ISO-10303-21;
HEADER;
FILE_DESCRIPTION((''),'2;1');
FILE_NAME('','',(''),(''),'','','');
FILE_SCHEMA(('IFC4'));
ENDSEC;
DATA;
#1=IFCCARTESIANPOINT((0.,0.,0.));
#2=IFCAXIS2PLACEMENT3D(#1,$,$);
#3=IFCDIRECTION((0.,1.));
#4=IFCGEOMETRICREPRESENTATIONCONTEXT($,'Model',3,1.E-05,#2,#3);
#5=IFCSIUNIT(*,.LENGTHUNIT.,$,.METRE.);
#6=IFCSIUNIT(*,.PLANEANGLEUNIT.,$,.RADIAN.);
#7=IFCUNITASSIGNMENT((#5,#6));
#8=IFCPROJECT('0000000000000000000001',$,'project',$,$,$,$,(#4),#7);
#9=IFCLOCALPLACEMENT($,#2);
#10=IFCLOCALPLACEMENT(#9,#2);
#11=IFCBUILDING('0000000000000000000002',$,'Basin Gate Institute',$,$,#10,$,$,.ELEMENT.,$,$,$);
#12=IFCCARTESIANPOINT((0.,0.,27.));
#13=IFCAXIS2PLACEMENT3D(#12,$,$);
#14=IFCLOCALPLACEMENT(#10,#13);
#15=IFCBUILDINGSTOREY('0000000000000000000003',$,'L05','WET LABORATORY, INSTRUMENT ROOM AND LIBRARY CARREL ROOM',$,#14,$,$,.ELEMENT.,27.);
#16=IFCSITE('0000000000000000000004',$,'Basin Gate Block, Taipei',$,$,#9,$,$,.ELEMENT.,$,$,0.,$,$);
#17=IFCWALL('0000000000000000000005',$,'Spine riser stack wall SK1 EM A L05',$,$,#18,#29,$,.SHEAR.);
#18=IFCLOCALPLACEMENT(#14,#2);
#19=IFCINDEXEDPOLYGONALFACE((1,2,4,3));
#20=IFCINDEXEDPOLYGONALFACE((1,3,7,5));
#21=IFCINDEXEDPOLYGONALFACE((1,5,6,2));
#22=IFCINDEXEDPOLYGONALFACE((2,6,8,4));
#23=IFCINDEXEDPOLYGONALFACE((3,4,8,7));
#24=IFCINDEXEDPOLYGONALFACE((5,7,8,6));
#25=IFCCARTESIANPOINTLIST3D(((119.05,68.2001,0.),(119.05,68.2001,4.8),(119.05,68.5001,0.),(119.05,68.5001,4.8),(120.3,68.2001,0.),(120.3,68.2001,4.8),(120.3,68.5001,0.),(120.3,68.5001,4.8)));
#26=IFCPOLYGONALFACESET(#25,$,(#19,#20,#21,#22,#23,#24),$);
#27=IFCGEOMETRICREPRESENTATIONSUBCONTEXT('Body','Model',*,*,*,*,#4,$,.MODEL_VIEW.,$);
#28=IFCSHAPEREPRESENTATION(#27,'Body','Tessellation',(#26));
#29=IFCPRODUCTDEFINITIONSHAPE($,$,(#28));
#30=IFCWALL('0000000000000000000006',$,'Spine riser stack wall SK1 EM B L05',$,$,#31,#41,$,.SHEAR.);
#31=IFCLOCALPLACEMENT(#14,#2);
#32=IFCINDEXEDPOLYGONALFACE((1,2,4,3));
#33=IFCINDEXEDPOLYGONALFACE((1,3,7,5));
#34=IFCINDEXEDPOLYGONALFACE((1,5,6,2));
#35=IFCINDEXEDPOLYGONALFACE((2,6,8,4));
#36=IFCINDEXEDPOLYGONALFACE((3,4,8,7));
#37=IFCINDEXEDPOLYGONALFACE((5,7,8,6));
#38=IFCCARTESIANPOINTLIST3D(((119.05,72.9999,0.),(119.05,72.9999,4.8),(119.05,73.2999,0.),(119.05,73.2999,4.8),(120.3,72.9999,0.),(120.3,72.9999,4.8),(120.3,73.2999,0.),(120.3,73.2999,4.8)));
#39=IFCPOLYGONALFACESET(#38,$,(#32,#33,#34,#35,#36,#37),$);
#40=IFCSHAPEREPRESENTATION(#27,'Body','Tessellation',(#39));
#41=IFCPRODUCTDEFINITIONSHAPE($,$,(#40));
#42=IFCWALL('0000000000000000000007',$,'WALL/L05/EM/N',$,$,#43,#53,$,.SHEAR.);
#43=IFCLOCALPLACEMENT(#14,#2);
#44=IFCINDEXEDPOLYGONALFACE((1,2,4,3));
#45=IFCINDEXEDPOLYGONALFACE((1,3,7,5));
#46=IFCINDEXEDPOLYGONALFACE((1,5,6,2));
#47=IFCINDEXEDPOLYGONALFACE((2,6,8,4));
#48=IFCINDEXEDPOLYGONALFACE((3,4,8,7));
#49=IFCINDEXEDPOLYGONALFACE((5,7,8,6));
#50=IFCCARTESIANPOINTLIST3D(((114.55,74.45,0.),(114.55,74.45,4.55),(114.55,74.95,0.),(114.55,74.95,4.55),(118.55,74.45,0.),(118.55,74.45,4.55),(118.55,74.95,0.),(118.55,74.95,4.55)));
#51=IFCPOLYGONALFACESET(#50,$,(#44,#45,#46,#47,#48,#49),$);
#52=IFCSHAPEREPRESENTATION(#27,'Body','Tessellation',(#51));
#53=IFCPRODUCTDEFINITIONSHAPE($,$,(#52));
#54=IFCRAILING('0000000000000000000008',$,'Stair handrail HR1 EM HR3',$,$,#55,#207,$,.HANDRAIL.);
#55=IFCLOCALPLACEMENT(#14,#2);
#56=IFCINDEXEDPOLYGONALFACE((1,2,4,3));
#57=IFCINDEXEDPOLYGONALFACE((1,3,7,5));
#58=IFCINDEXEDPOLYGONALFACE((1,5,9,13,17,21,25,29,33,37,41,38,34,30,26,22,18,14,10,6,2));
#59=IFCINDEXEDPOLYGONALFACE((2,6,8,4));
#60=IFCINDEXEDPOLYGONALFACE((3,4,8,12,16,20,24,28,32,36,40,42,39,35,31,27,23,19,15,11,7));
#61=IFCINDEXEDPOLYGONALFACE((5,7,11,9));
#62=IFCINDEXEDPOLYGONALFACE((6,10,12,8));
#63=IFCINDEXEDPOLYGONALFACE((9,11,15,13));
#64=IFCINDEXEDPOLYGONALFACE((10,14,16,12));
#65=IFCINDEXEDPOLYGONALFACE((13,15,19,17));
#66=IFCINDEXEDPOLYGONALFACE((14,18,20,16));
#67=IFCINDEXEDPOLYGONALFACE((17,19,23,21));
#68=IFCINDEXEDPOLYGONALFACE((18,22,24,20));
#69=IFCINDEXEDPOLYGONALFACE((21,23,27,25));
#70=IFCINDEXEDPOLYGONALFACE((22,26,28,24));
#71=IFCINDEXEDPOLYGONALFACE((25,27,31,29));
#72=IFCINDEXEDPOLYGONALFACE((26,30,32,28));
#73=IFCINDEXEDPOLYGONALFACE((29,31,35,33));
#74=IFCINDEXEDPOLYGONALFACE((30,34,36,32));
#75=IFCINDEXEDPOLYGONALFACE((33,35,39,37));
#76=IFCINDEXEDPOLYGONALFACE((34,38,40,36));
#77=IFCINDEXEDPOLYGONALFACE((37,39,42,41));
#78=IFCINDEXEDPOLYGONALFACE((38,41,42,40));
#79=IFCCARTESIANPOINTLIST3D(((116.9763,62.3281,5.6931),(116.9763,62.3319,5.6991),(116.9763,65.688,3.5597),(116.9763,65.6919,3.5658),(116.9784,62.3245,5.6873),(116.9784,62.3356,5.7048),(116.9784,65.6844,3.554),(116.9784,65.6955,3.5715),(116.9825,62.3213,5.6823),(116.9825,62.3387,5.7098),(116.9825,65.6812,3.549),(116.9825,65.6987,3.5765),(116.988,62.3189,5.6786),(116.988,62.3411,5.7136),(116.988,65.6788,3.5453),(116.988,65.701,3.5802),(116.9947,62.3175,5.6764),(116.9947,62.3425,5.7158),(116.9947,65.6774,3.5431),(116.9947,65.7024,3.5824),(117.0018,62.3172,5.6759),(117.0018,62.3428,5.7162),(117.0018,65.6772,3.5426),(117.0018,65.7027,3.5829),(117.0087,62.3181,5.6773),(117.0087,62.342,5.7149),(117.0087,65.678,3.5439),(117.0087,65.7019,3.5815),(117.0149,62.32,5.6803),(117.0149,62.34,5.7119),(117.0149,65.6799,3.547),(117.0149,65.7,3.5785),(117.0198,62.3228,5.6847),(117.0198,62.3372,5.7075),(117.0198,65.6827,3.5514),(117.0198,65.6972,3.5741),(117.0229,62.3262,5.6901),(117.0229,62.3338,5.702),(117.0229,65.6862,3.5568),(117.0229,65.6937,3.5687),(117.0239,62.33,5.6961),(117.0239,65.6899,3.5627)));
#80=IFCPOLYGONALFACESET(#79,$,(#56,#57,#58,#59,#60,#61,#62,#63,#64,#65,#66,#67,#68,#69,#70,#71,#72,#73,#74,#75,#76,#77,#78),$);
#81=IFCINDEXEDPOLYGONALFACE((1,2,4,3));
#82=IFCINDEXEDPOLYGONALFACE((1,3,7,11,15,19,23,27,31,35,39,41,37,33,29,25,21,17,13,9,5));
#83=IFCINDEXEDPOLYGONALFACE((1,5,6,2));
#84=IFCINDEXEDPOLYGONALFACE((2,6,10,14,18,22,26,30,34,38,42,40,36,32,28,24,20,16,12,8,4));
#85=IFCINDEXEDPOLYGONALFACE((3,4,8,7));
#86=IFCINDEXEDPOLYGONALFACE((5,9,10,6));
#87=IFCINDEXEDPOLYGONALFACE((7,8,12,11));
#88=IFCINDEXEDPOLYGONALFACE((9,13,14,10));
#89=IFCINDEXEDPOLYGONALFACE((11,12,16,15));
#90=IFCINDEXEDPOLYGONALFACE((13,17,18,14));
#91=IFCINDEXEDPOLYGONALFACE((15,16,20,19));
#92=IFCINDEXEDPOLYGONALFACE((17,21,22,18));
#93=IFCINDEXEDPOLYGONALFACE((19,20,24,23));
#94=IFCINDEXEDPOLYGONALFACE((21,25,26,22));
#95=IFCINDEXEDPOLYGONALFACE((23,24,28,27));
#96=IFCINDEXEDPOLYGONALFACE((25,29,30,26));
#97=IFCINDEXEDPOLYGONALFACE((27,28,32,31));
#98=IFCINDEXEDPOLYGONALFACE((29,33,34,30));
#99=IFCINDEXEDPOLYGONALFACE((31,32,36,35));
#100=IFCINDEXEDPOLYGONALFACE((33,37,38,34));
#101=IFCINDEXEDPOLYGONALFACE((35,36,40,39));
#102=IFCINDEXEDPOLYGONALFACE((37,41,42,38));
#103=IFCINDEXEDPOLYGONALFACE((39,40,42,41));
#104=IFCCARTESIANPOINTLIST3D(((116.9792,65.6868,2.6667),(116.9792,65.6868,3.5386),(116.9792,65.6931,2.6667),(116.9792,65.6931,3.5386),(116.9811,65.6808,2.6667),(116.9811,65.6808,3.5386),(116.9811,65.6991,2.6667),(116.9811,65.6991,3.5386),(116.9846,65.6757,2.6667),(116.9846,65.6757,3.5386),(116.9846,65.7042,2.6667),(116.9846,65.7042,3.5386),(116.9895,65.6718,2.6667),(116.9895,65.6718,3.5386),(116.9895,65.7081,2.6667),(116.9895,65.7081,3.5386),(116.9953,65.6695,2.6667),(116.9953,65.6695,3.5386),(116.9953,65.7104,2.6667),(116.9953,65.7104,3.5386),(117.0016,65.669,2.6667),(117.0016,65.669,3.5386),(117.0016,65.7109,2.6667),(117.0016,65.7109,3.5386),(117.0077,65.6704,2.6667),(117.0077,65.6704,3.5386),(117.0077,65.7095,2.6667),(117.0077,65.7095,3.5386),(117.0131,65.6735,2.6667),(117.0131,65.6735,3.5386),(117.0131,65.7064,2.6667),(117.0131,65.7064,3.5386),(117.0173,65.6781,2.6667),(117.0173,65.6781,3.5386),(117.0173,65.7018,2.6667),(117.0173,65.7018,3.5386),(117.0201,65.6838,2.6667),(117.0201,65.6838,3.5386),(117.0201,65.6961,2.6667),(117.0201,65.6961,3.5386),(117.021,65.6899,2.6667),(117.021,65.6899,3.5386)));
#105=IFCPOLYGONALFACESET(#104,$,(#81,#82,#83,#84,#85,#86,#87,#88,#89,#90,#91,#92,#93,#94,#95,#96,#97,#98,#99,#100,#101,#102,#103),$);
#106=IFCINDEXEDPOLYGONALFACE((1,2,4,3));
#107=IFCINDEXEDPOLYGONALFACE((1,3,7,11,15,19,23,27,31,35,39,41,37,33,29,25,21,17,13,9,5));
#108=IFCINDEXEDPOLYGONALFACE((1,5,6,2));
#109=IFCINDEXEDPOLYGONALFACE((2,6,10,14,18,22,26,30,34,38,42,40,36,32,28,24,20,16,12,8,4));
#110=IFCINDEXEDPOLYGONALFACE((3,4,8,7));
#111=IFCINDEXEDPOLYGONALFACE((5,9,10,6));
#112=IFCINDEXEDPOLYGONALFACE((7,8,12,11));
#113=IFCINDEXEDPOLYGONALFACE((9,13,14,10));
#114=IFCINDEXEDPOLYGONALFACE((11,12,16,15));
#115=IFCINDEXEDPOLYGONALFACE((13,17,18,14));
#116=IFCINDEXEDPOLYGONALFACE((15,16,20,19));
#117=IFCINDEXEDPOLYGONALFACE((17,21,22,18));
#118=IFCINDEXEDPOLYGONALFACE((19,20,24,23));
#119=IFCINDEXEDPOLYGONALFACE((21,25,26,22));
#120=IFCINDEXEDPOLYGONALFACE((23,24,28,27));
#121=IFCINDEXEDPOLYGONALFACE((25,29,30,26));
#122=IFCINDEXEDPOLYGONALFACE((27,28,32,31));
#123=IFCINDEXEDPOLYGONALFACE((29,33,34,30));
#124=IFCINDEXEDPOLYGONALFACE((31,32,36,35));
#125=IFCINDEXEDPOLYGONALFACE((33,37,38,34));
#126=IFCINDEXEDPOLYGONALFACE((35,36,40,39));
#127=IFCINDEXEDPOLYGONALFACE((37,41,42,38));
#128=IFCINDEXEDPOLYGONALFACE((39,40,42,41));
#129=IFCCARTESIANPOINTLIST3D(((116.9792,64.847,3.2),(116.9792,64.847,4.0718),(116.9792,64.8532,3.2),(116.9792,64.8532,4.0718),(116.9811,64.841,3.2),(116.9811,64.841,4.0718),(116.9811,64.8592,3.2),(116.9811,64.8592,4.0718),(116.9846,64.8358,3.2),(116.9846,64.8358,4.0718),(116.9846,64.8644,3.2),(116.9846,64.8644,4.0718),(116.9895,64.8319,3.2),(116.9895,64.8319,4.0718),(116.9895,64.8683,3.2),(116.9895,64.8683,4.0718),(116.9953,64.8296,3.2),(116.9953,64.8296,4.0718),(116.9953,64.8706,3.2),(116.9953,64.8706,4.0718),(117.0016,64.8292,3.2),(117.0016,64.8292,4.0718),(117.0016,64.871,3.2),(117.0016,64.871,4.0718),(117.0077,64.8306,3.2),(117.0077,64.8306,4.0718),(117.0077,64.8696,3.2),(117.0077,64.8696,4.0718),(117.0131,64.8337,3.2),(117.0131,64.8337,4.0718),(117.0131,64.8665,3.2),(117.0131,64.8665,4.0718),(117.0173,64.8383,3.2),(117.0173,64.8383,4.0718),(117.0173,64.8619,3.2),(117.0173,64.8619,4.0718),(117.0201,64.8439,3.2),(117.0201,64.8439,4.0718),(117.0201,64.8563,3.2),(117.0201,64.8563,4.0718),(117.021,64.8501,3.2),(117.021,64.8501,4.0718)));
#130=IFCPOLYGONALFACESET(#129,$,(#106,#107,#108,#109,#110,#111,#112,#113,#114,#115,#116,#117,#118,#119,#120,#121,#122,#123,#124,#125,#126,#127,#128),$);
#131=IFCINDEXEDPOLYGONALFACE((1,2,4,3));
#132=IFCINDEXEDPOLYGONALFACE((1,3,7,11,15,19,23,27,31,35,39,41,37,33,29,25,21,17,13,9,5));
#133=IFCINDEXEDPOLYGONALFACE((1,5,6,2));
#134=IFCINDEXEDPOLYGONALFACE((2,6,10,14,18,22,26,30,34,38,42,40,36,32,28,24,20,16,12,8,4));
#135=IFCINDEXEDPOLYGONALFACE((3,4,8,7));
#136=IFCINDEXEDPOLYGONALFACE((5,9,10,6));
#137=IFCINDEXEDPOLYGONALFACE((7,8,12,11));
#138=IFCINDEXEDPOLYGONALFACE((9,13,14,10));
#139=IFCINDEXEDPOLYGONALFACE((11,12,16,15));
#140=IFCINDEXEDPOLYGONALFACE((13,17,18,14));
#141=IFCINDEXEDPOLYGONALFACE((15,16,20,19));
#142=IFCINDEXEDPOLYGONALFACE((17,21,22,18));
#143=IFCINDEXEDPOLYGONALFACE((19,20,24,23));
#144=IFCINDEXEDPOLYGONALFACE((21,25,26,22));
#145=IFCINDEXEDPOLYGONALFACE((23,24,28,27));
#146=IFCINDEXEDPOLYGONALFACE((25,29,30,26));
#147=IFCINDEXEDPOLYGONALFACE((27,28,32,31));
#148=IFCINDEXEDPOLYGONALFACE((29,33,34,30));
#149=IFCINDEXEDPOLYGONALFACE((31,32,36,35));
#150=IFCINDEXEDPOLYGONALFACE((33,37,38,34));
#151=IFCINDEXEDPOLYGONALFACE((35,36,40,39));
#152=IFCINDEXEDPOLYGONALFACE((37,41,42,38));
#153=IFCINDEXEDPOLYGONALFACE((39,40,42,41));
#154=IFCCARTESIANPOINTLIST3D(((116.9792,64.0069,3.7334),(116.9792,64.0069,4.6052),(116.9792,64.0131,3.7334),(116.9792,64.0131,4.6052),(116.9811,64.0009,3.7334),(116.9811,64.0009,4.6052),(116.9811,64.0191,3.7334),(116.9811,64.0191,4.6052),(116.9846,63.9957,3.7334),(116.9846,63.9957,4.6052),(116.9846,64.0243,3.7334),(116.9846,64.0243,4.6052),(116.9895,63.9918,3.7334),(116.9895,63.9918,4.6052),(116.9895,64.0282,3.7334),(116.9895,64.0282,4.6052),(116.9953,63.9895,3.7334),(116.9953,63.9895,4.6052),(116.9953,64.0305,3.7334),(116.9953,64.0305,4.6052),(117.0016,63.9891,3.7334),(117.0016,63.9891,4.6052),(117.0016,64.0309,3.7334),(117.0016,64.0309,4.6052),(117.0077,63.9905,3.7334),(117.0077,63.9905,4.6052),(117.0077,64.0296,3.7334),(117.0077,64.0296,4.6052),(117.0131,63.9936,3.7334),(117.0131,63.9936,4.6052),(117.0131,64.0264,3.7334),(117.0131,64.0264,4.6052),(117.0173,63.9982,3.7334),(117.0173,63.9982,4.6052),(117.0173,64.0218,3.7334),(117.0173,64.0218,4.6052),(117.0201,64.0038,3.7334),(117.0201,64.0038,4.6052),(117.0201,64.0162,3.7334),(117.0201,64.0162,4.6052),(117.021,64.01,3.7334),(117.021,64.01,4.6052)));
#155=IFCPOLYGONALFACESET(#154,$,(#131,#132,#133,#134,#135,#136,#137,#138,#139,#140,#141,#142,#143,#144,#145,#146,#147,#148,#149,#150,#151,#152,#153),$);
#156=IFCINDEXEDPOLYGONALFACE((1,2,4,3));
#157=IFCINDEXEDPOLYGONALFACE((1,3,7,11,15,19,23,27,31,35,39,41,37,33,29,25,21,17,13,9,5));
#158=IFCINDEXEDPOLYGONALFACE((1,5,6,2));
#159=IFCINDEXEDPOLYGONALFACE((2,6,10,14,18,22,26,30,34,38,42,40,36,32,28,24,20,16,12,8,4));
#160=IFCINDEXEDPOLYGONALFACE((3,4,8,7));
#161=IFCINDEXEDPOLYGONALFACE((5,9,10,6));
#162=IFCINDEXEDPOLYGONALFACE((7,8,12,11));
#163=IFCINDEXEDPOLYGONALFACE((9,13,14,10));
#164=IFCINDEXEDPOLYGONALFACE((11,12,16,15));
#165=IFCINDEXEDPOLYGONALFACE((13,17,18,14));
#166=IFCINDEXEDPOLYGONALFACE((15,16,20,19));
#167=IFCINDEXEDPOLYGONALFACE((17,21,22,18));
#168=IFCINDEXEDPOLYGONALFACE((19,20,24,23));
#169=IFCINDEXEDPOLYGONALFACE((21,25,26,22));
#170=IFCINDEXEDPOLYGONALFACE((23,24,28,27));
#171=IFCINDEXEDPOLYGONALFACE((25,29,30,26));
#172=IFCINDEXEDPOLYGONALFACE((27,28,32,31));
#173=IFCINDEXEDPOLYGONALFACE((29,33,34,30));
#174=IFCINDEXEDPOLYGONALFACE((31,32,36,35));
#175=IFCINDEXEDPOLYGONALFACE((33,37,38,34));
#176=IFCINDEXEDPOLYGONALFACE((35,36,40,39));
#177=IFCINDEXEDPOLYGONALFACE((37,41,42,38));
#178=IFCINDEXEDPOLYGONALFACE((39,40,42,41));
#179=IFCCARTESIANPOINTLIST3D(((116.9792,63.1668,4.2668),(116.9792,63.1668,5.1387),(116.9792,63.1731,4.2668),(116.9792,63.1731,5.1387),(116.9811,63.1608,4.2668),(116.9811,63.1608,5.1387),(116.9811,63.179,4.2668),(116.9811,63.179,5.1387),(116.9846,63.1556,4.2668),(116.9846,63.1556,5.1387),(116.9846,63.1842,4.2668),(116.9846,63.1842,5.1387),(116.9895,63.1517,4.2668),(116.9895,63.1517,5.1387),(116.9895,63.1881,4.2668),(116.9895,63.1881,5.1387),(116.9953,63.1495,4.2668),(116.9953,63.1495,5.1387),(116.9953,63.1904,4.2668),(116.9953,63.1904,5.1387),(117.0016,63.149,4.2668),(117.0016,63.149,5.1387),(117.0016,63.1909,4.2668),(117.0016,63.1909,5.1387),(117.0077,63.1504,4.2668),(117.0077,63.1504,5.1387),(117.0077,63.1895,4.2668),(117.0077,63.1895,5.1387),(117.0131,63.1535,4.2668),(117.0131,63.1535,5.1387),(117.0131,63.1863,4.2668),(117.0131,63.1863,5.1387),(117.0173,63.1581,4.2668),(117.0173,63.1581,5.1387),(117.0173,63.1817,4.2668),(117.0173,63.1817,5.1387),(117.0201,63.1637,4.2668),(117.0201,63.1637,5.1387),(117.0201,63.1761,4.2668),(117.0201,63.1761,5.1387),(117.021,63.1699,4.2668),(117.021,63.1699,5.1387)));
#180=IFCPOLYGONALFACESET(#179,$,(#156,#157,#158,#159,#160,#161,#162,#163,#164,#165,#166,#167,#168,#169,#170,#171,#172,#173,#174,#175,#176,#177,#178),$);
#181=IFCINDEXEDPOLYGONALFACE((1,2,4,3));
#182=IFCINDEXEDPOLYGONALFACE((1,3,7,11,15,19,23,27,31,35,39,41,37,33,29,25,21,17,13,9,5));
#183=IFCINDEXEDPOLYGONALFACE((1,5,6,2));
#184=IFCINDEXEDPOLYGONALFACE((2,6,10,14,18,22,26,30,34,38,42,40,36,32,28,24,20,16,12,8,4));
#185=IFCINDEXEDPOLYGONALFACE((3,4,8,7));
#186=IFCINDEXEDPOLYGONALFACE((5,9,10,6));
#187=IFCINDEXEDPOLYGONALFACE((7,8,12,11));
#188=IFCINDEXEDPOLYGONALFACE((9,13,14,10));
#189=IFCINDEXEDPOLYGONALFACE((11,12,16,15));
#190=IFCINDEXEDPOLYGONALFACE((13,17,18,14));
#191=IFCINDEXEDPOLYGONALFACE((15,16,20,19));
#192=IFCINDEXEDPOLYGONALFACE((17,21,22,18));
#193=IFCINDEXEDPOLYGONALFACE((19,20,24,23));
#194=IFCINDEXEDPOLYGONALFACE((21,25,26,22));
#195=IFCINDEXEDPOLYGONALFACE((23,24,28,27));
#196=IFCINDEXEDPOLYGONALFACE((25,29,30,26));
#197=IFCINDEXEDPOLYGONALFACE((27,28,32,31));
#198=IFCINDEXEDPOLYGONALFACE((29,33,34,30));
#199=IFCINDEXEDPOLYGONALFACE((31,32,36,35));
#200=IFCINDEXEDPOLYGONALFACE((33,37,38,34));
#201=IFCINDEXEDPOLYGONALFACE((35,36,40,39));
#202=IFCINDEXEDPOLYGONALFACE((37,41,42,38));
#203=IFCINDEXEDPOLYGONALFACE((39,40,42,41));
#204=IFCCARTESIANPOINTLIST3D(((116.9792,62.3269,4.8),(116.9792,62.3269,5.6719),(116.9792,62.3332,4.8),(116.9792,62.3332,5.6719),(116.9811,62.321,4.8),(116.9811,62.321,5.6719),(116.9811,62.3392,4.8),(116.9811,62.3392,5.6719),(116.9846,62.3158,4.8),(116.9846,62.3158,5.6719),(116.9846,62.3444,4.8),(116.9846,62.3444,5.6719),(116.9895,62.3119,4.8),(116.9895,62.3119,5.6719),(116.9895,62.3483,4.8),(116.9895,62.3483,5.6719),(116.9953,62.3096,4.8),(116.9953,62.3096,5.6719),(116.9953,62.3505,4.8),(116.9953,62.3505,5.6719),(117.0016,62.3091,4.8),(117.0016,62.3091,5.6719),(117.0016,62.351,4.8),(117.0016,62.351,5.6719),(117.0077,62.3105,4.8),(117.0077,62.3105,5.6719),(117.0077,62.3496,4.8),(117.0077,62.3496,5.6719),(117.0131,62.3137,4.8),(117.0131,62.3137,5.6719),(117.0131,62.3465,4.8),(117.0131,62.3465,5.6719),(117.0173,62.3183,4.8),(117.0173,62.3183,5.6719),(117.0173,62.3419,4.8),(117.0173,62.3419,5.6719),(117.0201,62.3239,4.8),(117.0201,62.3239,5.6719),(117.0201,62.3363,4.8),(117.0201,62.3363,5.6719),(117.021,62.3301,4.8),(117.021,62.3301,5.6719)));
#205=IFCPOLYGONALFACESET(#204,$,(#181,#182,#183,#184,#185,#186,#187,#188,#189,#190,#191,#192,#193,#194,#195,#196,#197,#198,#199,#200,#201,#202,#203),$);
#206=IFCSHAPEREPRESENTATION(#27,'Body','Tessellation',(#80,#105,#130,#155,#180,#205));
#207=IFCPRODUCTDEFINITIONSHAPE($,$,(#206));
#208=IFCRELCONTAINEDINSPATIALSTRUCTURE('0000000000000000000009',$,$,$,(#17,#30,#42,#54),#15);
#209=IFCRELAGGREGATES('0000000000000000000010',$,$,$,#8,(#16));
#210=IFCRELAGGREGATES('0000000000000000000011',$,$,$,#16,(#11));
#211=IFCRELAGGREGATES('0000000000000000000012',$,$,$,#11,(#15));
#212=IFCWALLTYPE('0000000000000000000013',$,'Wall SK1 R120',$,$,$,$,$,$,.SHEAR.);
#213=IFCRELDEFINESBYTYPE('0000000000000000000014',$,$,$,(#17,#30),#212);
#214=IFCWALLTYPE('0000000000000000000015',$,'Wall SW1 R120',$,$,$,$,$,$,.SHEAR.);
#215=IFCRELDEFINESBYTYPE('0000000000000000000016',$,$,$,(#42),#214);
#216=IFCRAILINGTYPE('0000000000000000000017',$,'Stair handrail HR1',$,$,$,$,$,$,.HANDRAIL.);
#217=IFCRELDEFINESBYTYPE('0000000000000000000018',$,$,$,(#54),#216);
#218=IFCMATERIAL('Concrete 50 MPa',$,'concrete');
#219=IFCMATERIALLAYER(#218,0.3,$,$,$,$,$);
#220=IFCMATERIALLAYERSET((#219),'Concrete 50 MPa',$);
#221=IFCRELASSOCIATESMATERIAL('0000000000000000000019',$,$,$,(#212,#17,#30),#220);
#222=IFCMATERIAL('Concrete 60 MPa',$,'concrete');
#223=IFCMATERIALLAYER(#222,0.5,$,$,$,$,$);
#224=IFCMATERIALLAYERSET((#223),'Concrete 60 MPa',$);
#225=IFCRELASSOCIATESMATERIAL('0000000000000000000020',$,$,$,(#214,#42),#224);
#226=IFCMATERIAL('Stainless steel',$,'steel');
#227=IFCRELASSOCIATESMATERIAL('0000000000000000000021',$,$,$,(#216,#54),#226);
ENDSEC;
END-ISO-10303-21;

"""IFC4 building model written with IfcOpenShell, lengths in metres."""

from ifc_helpers import new_model, si_unit, direction, frame, frame_2d, origin, origin_2d, place, context, subcontext, project, spatial, rectangle, circle, extrude, material, layer, layer_set, type_object, element, save


model = new_model("IFC4")

# Units and contexts
model_context = context("Model", 3, precision=1e-05, world=origin(), true_north=direction((0.0, 1.0)))
body_context = subcontext(model_context, "Body", "Model", "MODEL_VIEW")
ifc_project = project(units=[si_unit("LENGTHUNIT", "METRE"), si_unit("PLANEANGLEUNIT", "RADIAN")], contexts=[model_context])

# Site, building, storey
site_placement = place(None, origin())
site = spatial("IfcSite", under=ifc_project, at=site_placement, Name="Basin Gate Block, Taipei", CompositionType="ELEMENT", RefElevation=0.0)
building_placement = place(site_placement, origin())
building = spatial("IfcBuilding", under=site, at=building_placement, Name="Basin Gate Institute", CompositionType="ELEMENT")
storey_placement = place(building_placement, frame((0.0, 0.0, 27.0)))
storey = spatial("IfcBuildingStorey", under=building, at=storey_placement, Name="L05", Description="WET LABORATORY, INSTRUMENT ROOM AND LIBRARY CARREL ROOM", CompositionType="ELEMENT", Elevation=27.0)

# Shared definitions
ifc_material_1 = material(Name="Concrete 50 MPa", Category="concrete")
ifc_layer_1 = layer(ifc_material_1, 0.3)
ifc_layer_set_1 = layer_set([ifc_layer_1], Name="Concrete 50 MPa")
wall_type_1 = type_object("IfcWallType", Name="Wall SK1 R120", PredefinedType="SHEAR", material=ifc_layer_set_1)

# Walls
for number, where, z_axis, x_axis, name in (
    (1, (119.05, 68.3501, 0.0), (0.0, 0.0, 1.0), (1.0, 0.0, 0.0), "Spine riser stack wall SK1 EM A L05"),
    (2, (119.05, 73.1499, 0.0), (0.0, 0.0, 1.0), (1.0, 0.0, 0.0), "Spine riser stack wall SK1 EM B L05"),
):
    element("IfcWall", number, at=place(storey_placement, frame(where, z_axis=z_axis, x_axis=x_axis)), inside=storey, type_object=wall_type_1, material=ifc_layer_set_1, Name=name, PredefinedType="SHEAR", context=body_context, shape_type="SweptSolid", body=[
        extrude(rectangle(XDim=1.25, YDim=0.3, at=frame_2d((0.625, 0.0))), origin(), (0.0, 0.0, 1.0), 4.8),
    ])
ifc_material_2 = material(Name="Concrete 60 MPa", Category="concrete")
ifc_layer_2 = layer(ifc_material_2, 0.5)
ifc_layer_set_2 = layer_set([ifc_layer_2], Name="Concrete 60 MPa")
wall_type_2 = type_object("IfcWallType", Name="Wall SW1 R120", PredefinedType="SHEAR", material=ifc_layer_set_2)
wall_1_placement = place(storey_placement, frame((118.55, 74.7, 0.0), z_axis=(0.0, 0.0, 1.0), x_axis=(-1.0, 0.0, 0.0)))
element("IfcWall", 3, at=wall_1_placement, inside=storey, type_object=wall_type_2, material=ifc_layer_set_2, Name="WALL/L05/EM/N", PredefinedType="SHEAR", context=body_context, shape_type="SweptSolid", body=[
    extrude(rectangle(XDim=4.0, YDim=0.5, at=frame_2d((2.0, 0.0))), origin(), (0.0, 0.0, 1.0), 4.55),
])

# Railing
ifc_material_3 = material(Name="Stainless steel", Category="steel")
railing_type = type_object("IfcRailingType", Name="Stair handrail HR1", PredefinedType="HANDRAIL", material=ifc_material_3)
railing_placement = place(storey_placement, frame((117.0, 65.6899, 2.6667)))
element("IfcRailing", 4, at=railing_placement, inside=storey, type_object=railing_type, material=ifc_material_3, Name="Stair handrail HR1 EM HR3", PredefinedType="HANDRAIL", context=body_context, shape_type="SweptSolid", body=[
    extrude(circle(Radius=0.0239, at=origin_2d()), frame((0.0, 0.0, 0.896), z_axis=(0.0, -0.844207, 0.536018), x_axis=(1.0, 0.0, 0.0)), (0.0, 0.0, 1.0), 3.98),
    extrude(circle(Radius=0.021, at=origin_2d()), origin(), (0.0, 0.0, 1.0), 0.8718),
    extrude(circle(Radius=0.021, at=origin_2d()), frame((0.0, -0.8398, 0.5332)), (0.0, 0.0, 1.0), 0.8718),
    extrude(circle(Radius=0.021, at=origin_2d()), frame((0.0, -1.6799, 1.0667)), (0.0, 0.0, 1.0), 0.8718),
    extrude(circle(Radius=0.021, at=origin_2d()), frame((0.0, -2.52, 1.6001)), (0.0, 0.0, 1.0), 0.8718),
    extrude(circle(Radius=0.021, at=origin_2d()), frame((0.0, -3.3599, 2.1333)), (0.0, 0.0, 1.0), 0.8718),
])

save(model, "model.ifc")
